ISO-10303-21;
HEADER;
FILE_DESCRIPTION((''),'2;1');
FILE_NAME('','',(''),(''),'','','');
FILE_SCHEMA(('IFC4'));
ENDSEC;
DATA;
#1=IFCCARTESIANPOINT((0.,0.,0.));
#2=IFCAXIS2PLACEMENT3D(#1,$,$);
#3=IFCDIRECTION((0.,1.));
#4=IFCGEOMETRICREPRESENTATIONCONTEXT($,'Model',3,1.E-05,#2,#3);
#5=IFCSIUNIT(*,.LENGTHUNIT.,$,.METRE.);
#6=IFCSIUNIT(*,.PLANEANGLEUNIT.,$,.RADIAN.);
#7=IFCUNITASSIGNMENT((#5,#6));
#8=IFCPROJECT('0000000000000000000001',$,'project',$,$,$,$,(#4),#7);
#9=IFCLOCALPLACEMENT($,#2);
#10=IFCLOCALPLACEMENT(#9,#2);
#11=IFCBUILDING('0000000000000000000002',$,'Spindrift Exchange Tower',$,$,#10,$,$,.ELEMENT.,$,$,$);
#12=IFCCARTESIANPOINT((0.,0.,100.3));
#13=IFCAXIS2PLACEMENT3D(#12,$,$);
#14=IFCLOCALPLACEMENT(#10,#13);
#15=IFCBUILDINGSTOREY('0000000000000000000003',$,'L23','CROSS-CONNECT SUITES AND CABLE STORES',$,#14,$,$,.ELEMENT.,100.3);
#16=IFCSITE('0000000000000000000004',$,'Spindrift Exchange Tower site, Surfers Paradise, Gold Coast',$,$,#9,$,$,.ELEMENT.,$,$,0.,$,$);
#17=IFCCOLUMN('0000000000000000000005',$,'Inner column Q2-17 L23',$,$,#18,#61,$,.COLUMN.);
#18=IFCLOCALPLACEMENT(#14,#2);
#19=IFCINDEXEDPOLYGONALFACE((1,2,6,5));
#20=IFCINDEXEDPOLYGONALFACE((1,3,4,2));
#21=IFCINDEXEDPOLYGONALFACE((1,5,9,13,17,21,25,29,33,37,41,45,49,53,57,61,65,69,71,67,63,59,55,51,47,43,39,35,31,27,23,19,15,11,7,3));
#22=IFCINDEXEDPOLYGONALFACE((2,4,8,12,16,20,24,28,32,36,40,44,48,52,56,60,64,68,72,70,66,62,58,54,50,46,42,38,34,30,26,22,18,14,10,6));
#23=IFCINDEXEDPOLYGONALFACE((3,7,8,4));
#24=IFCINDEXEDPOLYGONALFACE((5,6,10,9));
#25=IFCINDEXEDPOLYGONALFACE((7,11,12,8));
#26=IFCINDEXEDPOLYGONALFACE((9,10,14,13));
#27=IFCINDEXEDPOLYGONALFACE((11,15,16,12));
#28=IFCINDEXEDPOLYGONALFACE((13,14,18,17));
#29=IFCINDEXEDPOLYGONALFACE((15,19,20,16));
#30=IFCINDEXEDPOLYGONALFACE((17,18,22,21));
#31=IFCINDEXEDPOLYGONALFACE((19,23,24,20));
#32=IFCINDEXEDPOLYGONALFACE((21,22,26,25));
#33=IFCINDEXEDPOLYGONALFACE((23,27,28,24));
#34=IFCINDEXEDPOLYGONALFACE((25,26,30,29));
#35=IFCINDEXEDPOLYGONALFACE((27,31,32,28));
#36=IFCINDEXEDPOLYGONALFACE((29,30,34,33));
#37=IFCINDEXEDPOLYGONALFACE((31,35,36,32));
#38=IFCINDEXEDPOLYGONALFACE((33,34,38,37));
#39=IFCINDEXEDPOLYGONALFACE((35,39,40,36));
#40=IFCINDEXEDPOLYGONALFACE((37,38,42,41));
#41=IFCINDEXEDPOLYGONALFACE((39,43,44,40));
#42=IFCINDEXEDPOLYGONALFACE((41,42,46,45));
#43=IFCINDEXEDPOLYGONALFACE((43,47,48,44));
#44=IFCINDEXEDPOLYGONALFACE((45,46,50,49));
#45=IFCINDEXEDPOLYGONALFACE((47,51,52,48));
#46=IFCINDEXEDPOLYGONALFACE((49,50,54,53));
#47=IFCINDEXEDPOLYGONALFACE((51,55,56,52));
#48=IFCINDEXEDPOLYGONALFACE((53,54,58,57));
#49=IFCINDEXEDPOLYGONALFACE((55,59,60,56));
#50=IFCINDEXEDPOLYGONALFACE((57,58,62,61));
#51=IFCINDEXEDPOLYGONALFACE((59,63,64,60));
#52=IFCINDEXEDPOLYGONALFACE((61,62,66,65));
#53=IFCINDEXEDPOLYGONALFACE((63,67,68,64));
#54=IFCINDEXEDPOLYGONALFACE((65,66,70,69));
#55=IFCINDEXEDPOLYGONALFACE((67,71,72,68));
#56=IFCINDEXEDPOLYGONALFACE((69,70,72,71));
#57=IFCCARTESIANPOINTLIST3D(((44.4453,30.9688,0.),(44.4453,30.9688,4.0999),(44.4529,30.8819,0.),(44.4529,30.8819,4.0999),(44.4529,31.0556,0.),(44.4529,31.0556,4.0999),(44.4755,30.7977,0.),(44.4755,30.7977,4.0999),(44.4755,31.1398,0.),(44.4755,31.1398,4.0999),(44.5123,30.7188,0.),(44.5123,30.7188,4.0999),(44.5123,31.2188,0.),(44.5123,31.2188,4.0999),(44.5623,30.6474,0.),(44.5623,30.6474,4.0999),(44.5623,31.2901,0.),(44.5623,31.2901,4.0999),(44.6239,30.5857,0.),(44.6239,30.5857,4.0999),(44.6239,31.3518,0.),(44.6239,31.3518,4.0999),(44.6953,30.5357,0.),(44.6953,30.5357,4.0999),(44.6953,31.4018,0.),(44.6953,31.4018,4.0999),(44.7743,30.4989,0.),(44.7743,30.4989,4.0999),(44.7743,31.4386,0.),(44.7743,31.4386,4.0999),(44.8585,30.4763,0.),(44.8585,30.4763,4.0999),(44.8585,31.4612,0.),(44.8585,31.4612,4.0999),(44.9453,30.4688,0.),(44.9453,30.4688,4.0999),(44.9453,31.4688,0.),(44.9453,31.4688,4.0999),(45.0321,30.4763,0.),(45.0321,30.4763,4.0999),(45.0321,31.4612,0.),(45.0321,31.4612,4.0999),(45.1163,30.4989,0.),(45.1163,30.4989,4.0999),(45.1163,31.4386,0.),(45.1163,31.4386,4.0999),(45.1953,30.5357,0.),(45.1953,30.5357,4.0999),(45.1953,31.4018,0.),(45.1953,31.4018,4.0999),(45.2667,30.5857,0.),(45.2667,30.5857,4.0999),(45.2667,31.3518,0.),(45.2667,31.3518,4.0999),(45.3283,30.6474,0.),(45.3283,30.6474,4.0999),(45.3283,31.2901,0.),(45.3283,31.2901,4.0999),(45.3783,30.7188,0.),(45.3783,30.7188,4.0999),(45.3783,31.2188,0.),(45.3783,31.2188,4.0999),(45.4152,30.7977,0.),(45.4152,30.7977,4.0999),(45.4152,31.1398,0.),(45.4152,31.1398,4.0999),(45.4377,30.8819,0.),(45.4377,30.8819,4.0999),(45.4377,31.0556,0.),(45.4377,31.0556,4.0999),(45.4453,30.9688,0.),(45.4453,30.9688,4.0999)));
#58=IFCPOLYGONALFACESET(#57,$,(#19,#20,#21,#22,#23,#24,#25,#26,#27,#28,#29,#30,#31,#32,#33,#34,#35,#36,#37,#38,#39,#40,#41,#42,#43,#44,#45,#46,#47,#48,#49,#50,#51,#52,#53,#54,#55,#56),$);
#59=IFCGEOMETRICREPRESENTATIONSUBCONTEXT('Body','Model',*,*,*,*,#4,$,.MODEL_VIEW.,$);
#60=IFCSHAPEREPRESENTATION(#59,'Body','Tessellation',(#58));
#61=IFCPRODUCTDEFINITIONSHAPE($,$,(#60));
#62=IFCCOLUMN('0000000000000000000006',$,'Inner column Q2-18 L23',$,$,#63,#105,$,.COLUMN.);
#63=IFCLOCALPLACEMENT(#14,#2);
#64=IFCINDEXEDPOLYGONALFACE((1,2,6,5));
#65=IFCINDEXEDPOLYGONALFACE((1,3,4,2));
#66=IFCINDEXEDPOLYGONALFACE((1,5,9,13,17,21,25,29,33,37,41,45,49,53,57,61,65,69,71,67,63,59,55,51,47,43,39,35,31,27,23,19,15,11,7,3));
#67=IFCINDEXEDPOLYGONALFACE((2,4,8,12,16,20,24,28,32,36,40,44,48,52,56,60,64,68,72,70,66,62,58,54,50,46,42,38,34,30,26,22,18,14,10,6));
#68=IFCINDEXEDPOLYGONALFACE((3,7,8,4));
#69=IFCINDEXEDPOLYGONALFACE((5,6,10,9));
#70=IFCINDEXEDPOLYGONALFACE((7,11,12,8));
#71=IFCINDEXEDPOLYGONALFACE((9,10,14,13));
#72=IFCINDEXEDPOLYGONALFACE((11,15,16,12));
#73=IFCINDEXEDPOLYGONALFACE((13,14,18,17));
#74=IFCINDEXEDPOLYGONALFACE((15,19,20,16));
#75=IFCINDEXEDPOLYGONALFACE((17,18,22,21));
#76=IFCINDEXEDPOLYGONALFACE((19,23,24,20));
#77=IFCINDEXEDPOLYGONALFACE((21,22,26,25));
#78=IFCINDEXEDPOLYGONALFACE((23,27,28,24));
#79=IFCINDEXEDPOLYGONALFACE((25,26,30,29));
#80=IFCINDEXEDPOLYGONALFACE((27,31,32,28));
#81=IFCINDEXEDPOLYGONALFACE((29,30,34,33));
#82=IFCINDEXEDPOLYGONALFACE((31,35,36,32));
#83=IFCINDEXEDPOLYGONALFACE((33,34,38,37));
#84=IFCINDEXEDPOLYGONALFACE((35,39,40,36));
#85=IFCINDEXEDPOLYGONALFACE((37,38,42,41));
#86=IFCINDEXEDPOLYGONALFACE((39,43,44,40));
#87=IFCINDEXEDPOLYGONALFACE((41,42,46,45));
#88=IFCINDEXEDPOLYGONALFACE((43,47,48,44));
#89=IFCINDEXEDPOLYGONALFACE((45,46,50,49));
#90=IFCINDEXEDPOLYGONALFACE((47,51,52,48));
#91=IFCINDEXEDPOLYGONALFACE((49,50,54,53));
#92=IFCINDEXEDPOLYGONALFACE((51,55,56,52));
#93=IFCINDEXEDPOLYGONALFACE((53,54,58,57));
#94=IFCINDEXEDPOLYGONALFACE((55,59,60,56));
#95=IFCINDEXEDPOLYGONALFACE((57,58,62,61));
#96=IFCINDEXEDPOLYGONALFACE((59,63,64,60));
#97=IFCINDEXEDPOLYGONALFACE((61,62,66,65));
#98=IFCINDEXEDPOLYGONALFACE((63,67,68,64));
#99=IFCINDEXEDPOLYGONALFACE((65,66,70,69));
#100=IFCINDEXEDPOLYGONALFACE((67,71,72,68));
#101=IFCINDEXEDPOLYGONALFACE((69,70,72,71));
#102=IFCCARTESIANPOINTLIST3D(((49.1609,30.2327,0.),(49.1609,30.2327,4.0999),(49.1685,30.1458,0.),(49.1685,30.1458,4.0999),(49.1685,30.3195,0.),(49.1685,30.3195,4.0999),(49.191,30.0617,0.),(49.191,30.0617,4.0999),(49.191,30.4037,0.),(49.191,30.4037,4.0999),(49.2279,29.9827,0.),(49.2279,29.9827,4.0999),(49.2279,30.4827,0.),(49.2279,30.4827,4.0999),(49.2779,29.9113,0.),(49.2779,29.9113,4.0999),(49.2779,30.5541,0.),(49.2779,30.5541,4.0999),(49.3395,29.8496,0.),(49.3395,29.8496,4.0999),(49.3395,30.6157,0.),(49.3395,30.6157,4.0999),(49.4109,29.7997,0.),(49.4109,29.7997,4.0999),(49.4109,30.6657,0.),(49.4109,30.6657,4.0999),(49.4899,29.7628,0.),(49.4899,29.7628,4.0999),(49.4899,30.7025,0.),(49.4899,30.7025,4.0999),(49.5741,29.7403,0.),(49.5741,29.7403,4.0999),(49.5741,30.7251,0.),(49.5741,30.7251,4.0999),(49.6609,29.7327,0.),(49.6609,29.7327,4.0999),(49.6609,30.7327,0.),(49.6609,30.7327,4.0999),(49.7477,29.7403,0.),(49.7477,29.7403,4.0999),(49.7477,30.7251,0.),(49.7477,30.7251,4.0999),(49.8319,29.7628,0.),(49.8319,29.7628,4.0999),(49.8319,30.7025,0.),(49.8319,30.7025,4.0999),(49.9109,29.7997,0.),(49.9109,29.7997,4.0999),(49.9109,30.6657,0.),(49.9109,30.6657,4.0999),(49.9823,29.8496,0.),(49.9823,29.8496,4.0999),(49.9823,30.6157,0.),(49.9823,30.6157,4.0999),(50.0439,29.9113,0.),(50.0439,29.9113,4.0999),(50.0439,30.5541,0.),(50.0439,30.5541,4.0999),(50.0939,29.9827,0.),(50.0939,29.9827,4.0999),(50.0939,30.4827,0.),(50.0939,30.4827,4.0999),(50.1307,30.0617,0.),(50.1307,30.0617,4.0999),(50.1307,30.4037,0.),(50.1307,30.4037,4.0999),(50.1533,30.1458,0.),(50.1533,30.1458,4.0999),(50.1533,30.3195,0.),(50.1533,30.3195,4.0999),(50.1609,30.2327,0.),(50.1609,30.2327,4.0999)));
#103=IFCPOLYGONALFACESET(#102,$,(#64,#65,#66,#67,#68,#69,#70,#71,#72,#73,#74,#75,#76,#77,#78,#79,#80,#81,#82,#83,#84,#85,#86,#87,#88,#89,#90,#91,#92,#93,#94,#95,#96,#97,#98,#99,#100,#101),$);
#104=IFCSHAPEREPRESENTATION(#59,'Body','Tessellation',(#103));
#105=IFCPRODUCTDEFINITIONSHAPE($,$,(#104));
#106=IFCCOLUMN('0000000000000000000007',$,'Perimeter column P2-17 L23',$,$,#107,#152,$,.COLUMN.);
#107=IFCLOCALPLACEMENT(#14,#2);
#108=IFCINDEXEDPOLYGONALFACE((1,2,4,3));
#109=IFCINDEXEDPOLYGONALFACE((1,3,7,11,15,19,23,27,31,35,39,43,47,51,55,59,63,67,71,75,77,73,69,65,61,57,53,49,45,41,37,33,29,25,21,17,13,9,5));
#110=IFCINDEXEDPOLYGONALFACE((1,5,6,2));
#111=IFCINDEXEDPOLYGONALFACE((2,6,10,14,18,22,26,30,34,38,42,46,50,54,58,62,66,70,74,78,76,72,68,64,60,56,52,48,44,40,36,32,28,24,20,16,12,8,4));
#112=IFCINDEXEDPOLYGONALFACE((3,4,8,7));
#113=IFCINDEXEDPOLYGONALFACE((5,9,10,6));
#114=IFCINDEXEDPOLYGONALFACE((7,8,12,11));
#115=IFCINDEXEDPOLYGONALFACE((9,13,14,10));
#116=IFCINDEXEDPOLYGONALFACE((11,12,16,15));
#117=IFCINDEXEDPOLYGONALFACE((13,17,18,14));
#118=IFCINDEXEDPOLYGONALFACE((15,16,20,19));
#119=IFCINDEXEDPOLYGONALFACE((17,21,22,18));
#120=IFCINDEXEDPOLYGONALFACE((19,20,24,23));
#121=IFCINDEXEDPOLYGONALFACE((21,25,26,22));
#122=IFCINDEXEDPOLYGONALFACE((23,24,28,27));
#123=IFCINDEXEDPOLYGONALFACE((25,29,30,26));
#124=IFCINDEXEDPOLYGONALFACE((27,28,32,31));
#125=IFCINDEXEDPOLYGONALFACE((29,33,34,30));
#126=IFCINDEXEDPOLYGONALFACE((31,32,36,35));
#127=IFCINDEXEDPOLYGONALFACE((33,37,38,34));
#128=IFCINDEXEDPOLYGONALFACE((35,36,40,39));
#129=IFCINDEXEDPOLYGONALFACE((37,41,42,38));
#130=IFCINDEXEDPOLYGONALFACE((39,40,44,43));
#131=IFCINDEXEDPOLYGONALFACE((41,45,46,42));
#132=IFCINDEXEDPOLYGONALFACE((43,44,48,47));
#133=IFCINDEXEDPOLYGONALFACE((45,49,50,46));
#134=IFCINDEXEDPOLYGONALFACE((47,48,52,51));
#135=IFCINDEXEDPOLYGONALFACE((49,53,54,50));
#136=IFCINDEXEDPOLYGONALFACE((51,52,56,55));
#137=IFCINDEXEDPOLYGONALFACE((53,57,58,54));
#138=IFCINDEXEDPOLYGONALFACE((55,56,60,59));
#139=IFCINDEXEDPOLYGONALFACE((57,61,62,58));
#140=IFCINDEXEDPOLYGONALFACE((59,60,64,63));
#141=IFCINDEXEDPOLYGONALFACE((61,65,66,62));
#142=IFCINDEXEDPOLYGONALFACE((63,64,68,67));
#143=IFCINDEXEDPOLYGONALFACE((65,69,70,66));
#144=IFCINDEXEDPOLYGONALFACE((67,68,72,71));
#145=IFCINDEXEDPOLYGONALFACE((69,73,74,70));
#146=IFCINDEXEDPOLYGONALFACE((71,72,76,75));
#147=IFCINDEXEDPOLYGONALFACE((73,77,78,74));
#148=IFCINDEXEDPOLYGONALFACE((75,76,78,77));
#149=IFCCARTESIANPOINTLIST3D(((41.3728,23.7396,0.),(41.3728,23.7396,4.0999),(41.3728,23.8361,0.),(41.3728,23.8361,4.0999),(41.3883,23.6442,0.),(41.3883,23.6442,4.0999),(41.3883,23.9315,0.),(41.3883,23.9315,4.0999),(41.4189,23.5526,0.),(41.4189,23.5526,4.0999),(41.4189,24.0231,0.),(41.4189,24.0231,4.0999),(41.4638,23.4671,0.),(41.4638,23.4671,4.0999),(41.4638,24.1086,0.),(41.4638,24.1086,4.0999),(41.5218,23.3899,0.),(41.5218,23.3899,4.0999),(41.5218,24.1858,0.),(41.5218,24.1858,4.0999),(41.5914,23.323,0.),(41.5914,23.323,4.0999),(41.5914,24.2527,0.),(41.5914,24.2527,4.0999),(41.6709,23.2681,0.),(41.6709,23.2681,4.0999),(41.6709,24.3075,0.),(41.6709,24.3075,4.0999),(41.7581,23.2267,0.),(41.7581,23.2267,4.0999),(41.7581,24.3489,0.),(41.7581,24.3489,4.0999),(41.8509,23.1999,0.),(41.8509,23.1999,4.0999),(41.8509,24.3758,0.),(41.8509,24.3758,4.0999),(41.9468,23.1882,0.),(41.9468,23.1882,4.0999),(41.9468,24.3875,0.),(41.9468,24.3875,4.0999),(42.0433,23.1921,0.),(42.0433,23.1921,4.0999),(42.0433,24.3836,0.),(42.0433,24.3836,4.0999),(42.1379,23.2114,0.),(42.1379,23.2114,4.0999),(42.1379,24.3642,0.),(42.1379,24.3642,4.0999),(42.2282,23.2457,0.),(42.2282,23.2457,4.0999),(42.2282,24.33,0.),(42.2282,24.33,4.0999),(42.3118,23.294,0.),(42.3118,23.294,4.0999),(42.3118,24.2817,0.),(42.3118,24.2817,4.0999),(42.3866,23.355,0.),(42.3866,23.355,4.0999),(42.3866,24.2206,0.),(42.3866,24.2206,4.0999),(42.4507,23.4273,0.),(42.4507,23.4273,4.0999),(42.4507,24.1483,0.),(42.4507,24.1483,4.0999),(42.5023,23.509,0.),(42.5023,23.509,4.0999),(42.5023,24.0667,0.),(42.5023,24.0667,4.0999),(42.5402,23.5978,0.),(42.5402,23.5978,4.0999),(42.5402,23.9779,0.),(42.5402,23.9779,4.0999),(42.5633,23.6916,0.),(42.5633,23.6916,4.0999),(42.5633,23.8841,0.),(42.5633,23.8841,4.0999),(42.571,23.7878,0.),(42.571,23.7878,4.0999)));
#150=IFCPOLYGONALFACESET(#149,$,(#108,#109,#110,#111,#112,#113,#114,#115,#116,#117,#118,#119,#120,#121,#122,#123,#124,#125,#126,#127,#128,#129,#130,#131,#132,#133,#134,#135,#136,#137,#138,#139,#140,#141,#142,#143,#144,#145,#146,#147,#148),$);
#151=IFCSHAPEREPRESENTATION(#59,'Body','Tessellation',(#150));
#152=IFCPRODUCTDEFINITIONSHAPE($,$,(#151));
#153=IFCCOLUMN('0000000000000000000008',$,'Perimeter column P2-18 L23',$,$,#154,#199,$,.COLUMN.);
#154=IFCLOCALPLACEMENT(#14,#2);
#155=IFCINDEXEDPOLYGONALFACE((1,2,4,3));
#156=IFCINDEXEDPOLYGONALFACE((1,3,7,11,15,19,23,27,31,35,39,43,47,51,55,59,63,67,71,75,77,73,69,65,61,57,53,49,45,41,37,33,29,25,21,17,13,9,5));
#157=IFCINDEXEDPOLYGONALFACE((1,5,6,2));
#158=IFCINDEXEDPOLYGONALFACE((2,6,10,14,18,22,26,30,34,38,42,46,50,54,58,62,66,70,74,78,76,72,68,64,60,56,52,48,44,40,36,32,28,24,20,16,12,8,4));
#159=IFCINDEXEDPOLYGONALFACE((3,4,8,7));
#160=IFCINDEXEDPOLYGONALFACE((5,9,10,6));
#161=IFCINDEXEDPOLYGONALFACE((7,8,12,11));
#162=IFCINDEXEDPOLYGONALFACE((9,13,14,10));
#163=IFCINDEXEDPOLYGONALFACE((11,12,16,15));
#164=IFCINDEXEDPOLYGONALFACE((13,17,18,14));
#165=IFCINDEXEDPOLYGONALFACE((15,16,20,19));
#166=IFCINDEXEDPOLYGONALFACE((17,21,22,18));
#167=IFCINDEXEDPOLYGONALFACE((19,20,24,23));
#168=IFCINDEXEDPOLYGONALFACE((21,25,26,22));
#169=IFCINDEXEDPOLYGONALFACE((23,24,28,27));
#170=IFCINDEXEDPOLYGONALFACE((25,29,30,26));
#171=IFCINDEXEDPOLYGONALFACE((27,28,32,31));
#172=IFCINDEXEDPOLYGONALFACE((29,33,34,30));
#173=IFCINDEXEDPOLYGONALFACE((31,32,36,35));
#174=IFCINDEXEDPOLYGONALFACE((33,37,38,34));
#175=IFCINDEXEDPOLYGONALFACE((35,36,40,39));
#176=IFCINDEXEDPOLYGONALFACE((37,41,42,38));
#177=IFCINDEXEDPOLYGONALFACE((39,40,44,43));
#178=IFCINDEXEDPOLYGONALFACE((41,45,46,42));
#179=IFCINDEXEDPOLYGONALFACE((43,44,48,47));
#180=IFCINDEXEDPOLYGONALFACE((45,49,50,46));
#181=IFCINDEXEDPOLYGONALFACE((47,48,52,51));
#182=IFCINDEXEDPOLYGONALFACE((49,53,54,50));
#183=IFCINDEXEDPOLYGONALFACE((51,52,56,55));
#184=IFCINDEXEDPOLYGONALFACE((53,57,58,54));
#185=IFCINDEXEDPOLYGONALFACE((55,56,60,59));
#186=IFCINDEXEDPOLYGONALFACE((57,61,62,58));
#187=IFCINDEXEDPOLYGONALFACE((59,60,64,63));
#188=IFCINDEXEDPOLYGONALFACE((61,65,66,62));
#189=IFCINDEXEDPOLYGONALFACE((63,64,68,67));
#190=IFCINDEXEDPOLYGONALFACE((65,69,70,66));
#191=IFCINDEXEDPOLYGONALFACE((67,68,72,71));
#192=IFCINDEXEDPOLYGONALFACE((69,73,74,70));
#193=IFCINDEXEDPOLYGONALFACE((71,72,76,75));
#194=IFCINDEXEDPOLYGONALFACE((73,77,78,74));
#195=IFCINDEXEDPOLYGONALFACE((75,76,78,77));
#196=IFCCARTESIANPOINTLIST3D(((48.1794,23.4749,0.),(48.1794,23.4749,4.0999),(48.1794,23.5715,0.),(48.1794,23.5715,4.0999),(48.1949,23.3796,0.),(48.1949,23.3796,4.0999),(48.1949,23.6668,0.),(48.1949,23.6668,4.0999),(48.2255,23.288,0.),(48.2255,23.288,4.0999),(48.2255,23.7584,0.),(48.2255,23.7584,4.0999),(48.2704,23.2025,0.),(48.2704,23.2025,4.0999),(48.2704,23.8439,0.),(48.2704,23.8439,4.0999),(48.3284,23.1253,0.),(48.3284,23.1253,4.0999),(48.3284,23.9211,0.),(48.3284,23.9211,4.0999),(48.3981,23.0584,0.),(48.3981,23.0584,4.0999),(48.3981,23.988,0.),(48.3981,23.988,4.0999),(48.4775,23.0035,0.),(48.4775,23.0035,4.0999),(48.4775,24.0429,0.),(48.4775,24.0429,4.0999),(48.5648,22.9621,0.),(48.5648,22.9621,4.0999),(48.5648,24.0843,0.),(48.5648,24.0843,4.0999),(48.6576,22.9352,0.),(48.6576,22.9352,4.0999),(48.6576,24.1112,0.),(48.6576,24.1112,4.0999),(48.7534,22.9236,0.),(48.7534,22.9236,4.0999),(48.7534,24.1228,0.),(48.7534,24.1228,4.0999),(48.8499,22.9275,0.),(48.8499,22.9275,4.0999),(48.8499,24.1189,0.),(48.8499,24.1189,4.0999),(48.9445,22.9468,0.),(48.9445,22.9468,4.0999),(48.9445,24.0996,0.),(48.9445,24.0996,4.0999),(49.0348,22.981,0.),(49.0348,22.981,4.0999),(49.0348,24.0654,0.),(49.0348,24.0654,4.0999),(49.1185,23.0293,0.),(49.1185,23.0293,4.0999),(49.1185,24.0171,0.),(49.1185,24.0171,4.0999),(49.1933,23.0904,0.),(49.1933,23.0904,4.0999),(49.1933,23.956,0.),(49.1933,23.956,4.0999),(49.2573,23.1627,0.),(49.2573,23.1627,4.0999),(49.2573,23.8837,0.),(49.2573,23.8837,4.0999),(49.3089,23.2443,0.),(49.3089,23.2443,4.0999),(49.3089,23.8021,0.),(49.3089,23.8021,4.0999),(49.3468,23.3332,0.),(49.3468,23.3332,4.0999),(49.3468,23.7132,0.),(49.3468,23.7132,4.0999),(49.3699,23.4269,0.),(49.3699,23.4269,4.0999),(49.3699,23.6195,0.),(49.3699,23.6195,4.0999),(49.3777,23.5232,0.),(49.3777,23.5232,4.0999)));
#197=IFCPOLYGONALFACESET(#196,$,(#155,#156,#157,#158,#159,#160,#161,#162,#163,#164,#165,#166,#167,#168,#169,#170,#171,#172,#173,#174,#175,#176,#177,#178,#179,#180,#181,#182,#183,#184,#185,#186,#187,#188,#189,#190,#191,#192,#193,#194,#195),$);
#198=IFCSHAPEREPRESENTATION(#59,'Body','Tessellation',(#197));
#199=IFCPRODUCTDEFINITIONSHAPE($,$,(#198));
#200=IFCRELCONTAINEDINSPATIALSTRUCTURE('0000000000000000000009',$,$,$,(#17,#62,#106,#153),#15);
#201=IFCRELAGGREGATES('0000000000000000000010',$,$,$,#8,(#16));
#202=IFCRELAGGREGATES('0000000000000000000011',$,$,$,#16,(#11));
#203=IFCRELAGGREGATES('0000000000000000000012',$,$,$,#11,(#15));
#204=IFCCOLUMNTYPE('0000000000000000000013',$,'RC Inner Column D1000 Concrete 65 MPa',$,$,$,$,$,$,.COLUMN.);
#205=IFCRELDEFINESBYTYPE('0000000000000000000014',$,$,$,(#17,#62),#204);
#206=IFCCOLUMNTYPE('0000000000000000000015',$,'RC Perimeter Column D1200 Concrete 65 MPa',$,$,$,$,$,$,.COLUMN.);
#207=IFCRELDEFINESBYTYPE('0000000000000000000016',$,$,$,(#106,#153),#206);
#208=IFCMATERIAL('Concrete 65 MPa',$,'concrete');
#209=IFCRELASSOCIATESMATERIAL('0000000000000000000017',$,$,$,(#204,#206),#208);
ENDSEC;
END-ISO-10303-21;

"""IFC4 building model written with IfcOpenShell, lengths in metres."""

from ifc_helpers import new_model, si_unit, direction, frame, origin, origin_2d, place, context, subcontext, project, spatial, circle, extrude, source, transform, mapped, material, material_profile, profile_set, type_object, element, save


model = new_model("IFC4")

# Units and contexts
model_context = context("Model", 3, precision=1e-05, world=origin(), true_north=direction((0.0, 1.0)))
body_context = subcontext(model_context, "Body", "Model", "MODEL_VIEW")
ifc_project = project(units=[si_unit("LENGTHUNIT", "METRE"), si_unit("PLANEANGLEUNIT", "RADIAN")], contexts=[model_context])

# Site, building, storey
site_placement = place(None, origin())
site = spatial("IfcSite", under=ifc_project, at=site_placement, Name="Spindrift Exchange Tower site, Surfers Paradise, Gold Coast", CompositionType="ELEMENT", RefElevation=0.0)
building_placement = place(site_placement, origin())
building = spatial("IfcBuilding", under=site, at=building_placement, Name="Spindrift Exchange Tower", CompositionType="ELEMENT")
storey_placement = place(building_placement, frame((0.0, 0.0, 100.3)))
storey = spatial("IfcBuildingStorey", under=building, at=storey_placement, Name="L23", Description="CROSS-CONNECT SUITES AND CABLE STORES", CompositionType="ELEMENT", Elevation=100.3)

# Columns
ifc_material_1 = material(Name="Concrete 65 MPa", Category="concrete")
ifc_material_profile_1 = material_profile(ifc_material_1, circle(Radius=0.5, at=origin_2d()), Name="RC D1000")
ifc_profile_set_1 = profile_set([ifc_material_profile_1], Name="Concrete 65 MPa")
column_type_1 = type_object("IfcColumnType", Name="RC Inner Column D1000 Concrete 65 MPa", PredefinedType="COLUMN", material=ifc_profile_set_1)
shared_shape_1 = source(origin(), body_context, "Body", "SweptSolid", [
    extrude(circle(Radius=0.5, at=origin_2d()), origin(), (0.0, 0.0, 1.0), 4.0999),
])
for number, where, z_axis, x_axis, name in (
    (1, (44.9453, 30.9688, 0.0), (0.0, 0.0, 1.0), (1.0, 0.0, 0.0), "Inner column Q2-17 L23"),
    (2, (49.6609, 30.2327, 0.0), (0.0, 0.0, 1.0), (1.0, 0.0, 0.0), "Inner column Q2-18 L23"),
):
    element("IfcColumn", number, at=place(storey_placement, frame(where, z_axis=z_axis, x_axis=x_axis)), inside=storey, type_object=column_type_1, Name=name, PredefinedType="COLUMN", context=body_context, shape_type="MappedRepresentation", body=[
        mapped(shared_shape_1, transform((0.0, 0.0, 0.0), scale=1.0)),
    ])
ifc_material_profile_2 = material_profile(ifc_material_1, circle(Radius=0.6001, at=origin_2d()), Name="RC D1200")
ifc_profile_set_2 = profile_set([ifc_material_profile_2], Name="Concrete 65 MPa")
column_type_2 = type_object("IfcColumnType", Name="RC Perimeter Column D1200 Concrete 65 MPa", PredefinedType="COLUMN", material=ifc_profile_set_2)
shared_shape_2 = source(origin(), body_context, "Body", "SweptSolid", [
    extrude(circle(Radius=0.6001, at=origin_2d()), origin(), (0.0, 0.0, 1.0), 4.0999),
])
for number, where, z_axis, x_axis, name in (
    (3, (41.9709, 23.7878, 0.0), (0.0, 0.0, 1.0), (1.0, 0.0, 0.0), "Perimeter column P2-17 L23"),
    (4, (48.7776, 23.5232, 0.0), (0.0, 0.0, 1.0), (1.0, 0.0, 0.0), "Perimeter column P2-18 L23"),
):
    element("IfcColumn", number, at=place(storey_placement, frame(where, z_axis=z_axis, x_axis=x_axis)), inside=storey, type_object=column_type_2, Name=name, PredefinedType="COLUMN", context=body_context, shape_type="MappedRepresentation", body=[
        mapped(shared_shape_2, transform((0.0, 0.0, 0.0), scale=1.0)),
    ])

save(model, "model.ifc")
